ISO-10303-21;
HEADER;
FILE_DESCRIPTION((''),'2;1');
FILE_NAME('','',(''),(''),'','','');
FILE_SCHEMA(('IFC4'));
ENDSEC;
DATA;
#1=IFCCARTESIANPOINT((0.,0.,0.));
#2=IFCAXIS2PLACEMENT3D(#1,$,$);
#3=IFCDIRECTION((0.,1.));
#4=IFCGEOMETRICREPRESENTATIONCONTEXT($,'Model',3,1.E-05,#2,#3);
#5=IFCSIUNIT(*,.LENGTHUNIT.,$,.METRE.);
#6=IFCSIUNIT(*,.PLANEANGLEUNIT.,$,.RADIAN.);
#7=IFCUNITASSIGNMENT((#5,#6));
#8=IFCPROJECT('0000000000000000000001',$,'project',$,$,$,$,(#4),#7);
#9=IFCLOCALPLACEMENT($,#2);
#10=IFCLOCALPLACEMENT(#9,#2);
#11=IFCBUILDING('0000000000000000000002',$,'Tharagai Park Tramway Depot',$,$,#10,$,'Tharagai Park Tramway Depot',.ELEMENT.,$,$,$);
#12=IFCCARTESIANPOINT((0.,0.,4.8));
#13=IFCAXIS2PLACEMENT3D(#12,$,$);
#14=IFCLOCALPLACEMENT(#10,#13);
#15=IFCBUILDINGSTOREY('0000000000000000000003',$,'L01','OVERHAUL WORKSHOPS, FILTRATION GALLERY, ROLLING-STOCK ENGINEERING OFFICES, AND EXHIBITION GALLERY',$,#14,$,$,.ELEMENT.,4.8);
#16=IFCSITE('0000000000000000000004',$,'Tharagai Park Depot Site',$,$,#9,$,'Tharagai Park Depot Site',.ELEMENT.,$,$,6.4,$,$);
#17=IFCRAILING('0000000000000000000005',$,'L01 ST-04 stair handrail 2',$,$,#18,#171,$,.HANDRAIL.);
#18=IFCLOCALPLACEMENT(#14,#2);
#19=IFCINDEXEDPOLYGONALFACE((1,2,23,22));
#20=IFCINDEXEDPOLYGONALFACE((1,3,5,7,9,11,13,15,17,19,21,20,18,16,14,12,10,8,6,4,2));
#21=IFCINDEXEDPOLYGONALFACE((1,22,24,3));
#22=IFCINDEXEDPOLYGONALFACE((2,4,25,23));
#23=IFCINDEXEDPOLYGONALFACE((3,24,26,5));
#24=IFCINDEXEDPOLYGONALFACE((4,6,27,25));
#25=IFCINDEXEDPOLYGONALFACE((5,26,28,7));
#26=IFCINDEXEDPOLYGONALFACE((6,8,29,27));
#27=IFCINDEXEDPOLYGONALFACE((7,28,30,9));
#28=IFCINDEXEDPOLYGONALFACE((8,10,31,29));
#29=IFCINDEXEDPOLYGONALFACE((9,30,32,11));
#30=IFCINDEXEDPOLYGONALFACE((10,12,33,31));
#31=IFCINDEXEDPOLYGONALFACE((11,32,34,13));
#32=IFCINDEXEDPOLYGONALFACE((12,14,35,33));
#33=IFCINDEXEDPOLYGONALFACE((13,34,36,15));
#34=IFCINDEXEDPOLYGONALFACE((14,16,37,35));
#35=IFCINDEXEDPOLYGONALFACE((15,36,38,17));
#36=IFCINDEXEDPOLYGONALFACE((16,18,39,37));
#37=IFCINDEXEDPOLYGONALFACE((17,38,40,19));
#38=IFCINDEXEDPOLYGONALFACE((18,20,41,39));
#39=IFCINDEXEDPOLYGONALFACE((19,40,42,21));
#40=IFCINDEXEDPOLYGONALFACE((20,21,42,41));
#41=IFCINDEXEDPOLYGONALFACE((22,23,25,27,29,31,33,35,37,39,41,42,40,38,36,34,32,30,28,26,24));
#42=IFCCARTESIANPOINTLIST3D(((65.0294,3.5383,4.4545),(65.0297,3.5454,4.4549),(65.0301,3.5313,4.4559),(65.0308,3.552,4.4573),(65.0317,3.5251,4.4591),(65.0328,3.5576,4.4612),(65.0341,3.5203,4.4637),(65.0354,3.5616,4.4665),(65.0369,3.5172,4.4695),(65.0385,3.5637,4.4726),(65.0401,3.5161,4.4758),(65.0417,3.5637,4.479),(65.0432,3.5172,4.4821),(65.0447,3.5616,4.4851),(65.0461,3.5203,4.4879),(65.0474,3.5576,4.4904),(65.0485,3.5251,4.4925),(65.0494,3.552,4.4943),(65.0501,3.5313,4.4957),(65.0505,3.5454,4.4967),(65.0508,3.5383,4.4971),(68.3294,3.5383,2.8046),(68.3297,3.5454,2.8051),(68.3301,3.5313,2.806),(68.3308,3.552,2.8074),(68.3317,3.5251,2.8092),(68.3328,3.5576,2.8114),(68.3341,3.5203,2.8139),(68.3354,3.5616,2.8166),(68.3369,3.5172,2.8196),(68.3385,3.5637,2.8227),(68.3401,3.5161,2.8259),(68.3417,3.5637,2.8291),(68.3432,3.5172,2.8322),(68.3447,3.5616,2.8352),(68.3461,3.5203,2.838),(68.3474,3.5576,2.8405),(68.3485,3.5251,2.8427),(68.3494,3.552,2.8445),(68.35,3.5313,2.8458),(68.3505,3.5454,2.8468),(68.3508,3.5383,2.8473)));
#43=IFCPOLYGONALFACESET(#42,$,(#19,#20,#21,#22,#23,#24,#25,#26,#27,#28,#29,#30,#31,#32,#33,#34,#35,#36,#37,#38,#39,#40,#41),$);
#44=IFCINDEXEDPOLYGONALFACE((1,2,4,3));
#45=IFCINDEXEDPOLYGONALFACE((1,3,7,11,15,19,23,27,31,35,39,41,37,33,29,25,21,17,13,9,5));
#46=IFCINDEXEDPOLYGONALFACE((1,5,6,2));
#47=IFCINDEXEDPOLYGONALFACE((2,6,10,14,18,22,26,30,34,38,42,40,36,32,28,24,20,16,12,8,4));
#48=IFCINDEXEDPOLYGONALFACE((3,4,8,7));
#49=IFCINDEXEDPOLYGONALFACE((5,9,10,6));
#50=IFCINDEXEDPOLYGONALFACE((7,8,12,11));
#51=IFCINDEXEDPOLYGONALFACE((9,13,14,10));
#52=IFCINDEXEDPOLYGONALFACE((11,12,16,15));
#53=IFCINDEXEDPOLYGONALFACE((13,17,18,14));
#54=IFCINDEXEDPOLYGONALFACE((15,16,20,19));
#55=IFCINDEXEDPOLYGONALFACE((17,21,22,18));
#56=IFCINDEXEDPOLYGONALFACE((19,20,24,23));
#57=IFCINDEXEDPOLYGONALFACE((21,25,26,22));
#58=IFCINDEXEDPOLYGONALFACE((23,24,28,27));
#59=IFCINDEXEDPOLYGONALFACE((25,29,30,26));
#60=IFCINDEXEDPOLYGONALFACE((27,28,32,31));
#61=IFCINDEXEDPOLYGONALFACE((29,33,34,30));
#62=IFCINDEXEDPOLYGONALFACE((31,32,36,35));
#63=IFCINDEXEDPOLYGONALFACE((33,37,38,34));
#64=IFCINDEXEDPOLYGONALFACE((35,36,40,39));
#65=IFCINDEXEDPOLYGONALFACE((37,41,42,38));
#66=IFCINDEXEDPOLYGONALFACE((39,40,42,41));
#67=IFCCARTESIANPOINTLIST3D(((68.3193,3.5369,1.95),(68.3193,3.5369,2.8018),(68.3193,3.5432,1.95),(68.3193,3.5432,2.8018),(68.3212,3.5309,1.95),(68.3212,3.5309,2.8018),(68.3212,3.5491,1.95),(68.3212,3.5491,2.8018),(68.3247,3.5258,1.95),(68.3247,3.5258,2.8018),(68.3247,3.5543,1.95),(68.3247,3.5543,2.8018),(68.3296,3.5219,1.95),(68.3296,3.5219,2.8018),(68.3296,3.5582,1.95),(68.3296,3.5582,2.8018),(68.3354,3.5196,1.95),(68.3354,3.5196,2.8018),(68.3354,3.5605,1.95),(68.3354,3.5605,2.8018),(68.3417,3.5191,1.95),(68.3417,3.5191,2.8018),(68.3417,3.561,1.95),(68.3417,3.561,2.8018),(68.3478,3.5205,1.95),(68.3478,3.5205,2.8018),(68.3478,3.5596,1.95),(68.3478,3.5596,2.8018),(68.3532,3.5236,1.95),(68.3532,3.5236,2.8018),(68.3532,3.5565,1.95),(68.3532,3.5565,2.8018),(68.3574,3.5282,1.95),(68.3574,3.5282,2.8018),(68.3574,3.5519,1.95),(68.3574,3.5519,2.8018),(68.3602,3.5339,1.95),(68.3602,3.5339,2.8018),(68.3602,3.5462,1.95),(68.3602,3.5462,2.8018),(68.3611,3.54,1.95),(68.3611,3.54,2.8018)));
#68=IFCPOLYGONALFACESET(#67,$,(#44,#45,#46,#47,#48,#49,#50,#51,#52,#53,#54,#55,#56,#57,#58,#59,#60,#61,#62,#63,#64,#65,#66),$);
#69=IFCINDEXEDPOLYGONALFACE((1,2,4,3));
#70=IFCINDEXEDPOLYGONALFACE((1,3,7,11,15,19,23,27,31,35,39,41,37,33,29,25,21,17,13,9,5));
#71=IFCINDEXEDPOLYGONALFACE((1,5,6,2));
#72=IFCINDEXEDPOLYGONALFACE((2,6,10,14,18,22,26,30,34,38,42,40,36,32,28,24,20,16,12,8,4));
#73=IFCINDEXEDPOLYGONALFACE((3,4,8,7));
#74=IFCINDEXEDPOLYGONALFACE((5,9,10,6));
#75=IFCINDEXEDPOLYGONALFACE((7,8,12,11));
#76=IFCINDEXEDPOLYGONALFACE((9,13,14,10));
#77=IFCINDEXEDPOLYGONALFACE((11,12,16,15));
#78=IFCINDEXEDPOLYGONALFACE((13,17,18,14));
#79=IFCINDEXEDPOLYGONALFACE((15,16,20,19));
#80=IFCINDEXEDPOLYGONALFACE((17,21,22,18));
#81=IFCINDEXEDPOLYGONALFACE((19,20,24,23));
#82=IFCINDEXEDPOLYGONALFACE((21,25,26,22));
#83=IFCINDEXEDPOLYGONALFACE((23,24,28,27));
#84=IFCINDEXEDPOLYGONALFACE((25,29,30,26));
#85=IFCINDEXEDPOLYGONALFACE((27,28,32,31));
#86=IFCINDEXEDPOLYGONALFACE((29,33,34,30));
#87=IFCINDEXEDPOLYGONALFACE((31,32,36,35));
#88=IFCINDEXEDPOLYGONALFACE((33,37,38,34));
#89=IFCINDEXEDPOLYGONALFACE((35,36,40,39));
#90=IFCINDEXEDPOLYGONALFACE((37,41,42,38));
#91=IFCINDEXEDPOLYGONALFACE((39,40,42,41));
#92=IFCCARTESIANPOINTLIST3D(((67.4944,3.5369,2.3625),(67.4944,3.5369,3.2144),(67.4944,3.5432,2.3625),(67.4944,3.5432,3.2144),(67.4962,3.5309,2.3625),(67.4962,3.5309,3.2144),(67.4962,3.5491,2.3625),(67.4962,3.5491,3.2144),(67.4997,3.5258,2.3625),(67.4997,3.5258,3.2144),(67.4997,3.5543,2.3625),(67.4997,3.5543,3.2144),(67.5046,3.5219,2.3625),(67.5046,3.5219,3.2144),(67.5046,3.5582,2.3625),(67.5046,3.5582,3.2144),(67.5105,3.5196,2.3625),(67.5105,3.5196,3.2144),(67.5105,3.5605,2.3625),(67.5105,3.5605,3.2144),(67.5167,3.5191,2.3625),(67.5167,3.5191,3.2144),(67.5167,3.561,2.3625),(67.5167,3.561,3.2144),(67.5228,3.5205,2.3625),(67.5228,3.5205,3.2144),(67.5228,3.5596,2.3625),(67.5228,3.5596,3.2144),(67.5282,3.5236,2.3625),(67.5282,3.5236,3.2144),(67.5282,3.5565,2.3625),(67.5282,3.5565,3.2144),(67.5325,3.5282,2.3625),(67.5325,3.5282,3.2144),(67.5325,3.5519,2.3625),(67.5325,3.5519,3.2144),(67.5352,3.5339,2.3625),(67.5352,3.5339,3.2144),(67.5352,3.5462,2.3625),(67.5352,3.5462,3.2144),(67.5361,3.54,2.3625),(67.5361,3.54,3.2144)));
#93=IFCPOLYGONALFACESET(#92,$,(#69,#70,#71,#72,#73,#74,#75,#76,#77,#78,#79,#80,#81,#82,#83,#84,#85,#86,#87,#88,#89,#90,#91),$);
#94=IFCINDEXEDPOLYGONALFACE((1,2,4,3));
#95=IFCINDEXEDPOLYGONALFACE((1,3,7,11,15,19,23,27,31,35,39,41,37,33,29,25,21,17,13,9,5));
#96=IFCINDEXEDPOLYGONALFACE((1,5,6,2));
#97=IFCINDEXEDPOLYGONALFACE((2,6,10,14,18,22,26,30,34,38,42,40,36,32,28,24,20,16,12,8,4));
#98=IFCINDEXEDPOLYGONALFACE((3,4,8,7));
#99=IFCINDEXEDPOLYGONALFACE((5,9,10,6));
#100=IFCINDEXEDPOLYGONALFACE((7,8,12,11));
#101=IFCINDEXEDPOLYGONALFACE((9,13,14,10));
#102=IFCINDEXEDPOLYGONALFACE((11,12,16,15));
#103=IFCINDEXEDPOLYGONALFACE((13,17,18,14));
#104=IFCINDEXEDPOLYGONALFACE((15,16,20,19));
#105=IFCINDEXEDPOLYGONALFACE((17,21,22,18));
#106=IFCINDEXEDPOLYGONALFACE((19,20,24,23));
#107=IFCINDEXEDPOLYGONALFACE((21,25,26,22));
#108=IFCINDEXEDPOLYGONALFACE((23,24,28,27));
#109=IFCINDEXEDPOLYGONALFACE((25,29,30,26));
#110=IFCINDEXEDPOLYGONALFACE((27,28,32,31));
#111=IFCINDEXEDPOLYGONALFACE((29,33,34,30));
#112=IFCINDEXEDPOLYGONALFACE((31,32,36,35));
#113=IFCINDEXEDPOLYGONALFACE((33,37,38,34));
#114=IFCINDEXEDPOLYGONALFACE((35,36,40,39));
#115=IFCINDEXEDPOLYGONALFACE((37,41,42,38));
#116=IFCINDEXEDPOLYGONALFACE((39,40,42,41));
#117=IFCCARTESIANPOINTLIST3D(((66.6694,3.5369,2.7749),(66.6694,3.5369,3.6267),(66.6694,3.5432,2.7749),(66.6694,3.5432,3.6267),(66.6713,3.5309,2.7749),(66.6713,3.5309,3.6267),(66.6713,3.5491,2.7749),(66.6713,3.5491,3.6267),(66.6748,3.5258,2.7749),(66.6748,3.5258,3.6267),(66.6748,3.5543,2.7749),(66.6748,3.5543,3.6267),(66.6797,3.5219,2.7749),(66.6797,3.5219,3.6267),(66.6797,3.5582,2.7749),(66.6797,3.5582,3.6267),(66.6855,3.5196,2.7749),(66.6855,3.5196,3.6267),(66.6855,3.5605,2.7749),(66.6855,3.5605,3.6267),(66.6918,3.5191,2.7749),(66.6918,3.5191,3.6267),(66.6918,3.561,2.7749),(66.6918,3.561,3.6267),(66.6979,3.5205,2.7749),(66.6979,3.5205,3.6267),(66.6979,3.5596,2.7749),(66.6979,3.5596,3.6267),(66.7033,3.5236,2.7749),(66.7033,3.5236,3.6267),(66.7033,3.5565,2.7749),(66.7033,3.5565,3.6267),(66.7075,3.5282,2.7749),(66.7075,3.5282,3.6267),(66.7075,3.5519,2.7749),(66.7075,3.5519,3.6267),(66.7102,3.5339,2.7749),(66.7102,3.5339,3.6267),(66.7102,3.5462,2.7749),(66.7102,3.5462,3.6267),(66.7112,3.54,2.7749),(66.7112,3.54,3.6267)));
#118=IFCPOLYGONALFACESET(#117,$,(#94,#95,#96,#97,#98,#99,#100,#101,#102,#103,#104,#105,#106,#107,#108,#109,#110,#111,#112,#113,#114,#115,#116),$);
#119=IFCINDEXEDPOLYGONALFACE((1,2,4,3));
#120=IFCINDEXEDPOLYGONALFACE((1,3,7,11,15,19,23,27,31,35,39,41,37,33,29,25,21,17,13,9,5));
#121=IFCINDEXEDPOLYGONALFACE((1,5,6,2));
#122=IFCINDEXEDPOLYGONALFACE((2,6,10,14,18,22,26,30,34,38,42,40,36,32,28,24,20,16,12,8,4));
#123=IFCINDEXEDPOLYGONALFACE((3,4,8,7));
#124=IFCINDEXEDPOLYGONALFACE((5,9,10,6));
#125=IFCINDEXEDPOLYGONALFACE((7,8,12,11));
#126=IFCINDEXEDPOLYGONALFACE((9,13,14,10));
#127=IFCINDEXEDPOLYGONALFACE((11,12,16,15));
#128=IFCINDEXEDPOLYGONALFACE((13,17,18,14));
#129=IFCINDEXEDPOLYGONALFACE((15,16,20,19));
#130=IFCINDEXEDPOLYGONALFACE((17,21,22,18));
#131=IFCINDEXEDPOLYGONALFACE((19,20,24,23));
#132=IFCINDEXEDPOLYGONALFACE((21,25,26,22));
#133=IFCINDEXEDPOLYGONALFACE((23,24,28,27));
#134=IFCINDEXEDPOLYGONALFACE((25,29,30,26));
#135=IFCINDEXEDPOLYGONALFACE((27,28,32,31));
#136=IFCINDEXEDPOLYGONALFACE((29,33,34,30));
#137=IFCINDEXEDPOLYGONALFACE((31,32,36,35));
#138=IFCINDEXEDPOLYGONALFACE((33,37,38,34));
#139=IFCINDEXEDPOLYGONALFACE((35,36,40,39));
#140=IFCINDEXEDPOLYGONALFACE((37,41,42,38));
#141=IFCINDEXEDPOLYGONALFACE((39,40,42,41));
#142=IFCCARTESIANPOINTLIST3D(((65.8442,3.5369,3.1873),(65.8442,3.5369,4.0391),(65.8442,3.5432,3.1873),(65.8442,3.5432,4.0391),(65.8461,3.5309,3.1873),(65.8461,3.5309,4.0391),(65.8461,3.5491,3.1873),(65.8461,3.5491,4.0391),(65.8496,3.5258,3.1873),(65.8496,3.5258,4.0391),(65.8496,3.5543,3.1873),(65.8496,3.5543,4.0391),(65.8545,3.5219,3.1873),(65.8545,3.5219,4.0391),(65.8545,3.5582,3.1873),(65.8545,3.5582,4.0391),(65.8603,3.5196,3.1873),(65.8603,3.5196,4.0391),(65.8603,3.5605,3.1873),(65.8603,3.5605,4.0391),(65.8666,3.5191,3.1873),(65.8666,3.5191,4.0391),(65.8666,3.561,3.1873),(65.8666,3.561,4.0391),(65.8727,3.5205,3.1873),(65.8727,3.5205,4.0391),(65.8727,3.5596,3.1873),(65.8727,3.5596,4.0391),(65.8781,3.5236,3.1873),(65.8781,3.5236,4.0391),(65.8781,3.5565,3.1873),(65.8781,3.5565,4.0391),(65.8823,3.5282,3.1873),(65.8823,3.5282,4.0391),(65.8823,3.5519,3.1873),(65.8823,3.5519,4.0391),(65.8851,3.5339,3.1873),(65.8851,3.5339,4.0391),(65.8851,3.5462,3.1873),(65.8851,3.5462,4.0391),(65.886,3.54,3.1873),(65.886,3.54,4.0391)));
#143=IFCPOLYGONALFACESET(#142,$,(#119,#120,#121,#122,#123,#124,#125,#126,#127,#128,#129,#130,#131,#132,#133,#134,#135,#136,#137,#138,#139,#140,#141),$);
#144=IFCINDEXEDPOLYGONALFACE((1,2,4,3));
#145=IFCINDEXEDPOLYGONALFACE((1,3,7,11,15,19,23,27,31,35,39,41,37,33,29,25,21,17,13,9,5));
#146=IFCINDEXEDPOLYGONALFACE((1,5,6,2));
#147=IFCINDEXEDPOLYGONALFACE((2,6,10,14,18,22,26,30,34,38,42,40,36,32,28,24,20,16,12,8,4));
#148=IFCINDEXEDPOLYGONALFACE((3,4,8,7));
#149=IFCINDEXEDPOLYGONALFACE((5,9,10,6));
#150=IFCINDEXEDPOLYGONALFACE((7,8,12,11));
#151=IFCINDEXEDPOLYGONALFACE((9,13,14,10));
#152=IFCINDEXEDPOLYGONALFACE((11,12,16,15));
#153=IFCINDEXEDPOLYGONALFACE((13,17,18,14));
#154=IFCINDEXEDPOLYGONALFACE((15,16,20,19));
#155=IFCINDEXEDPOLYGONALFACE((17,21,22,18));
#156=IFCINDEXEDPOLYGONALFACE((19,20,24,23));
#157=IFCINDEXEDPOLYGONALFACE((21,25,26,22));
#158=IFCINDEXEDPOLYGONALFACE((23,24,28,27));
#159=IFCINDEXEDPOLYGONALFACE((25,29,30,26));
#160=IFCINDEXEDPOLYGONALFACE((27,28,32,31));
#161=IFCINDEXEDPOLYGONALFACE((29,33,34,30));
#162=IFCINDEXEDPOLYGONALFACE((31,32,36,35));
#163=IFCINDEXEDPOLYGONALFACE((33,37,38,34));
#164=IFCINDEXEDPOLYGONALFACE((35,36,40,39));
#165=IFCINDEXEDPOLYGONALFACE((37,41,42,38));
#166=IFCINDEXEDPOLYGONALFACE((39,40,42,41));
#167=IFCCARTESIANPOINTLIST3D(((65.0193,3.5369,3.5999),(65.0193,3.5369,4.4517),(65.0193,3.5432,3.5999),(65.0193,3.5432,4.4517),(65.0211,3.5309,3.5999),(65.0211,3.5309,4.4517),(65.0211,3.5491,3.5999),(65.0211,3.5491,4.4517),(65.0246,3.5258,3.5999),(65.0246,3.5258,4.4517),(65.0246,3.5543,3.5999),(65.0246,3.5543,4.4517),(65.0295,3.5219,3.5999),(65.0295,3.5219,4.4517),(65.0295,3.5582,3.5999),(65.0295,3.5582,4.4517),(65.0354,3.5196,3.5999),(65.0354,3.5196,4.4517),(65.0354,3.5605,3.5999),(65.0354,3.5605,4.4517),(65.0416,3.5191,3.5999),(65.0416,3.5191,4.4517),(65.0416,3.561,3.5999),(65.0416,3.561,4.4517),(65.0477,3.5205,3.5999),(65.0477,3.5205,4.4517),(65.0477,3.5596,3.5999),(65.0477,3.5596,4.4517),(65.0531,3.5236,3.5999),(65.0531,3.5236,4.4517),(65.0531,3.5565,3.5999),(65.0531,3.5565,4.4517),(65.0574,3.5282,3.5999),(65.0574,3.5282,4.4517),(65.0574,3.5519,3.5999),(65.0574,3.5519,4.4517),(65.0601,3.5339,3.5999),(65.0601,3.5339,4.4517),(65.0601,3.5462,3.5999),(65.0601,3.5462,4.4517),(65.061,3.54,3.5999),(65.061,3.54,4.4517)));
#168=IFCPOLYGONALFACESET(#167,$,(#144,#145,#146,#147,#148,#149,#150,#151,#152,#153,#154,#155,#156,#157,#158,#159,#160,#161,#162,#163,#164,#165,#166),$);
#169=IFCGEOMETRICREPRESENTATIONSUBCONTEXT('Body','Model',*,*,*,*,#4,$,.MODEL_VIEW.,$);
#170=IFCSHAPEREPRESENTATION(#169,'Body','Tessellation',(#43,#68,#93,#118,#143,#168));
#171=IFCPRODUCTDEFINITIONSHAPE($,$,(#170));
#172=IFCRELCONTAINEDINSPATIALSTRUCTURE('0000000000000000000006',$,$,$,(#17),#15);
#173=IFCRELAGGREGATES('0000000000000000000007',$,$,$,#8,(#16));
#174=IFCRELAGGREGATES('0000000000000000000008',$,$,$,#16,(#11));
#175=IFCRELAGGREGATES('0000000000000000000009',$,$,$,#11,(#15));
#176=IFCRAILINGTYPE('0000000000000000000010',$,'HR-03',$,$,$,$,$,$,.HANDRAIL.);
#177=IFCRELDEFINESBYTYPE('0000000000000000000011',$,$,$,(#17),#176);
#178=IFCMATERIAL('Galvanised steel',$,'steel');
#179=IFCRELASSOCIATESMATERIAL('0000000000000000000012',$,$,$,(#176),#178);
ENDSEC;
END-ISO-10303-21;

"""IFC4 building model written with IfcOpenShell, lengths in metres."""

from ifc_helpers import new_model, si_unit, direction, frame, origin, origin_2d, place, context, subcontext, project, spatial, circle, extrude, material, type_object, element, save


model = new_model("IFC4")

# Units and contexts
model_context = context("Model", 3, precision=1e-05, world=origin(), true_north=direction((0.0, 1.0)))
body_context = subcontext(model_context, "Body", "Model", "MODEL_VIEW")
ifc_project = project(units=[si_unit("LENGTHUNIT", "METRE"), si_unit("PLANEANGLEUNIT", "RADIAN")], contexts=[model_context])

# Site, building, storey
site_placement = place(None, origin())
site = spatial("IfcSite", under=ifc_project, at=site_placement, Name="Tharagai Park Depot Site", LongName="Tharagai Park Depot Site", CompositionType="ELEMENT", RefElevation=6.4)
building_placement = place(site_placement, origin())
building = spatial("IfcBuilding", under=site, at=building_placement, Name="Tharagai Park Tramway Depot", LongName="Tharagai Park Tramway Depot", CompositionType="ELEMENT")
storey_placement = place(building_placement, frame((0.0, 0.0, 4.8)))
storey = spatial("IfcBuildingStorey", under=building, at=storey_placement, Name="L01", Description="OVERHAUL WORKSHOPS, FILTRATION GALLERY, ROLLING-STOCK ENGINEERING OFFICES, AND EXHIBITION GALLERY", CompositionType="ELEMENT", Elevation=4.8)

# Railing
ifc_material_1 = material(Name="Galvanised steel", Category="steel")
railing_type_1 = type_object("IfcRailingType", Name="HR-03", PredefinedType="HANDRAIL", material=ifc_material_1)
railing_1_placement = place(storey_placement, frame((68.3401, 3.54, 1.95)))
element("IfcRailing", 1, at=railing_1_placement, inside=storey, type_object=railing_type_1, Name="L01 ST-04 stair handrail 2", PredefinedType="HANDRAIL", context=body_context, shape_type="SweptSolid", body=[
    extrude(circle(Radius=0.0239, at=origin_2d()), frame((0.0, 0.0, 0.876), z_axis=(-0.89444, 0.0, 0.447187), x_axis=(0.0, -1.0, 0.0)), (0.0, 0.0, 1.0), 3.6895),
    extrude(circle(Radius=0.021, at=origin_2d()), origin(), (0.0, 0.0, 1.0), 0.8518),
    extrude(circle(Radius=0.021, at=origin_2d()), frame((-0.825, 0.0, 0.4126)), (0.0, 0.0, 1.0), 0.8518),
    extrude(circle(Radius=0.021, at=origin_2d()), frame((-1.6499, 0.0, 0.825)), (0.0, 0.0, 1.0), 0.8518),
    extrude(circle(Radius=0.021, at=origin_2d()), frame((-2.4751, 0.0, 1.2373)), (0.0, 0.0, 1.0), 0.8518),
    extrude(circle(Radius=0.021, at=origin_2d()), frame((-3.3, 0.0, 1.6499)), (0.0, 0.0, 1.0), 0.8518),
])

save(model, "model.ifc")
